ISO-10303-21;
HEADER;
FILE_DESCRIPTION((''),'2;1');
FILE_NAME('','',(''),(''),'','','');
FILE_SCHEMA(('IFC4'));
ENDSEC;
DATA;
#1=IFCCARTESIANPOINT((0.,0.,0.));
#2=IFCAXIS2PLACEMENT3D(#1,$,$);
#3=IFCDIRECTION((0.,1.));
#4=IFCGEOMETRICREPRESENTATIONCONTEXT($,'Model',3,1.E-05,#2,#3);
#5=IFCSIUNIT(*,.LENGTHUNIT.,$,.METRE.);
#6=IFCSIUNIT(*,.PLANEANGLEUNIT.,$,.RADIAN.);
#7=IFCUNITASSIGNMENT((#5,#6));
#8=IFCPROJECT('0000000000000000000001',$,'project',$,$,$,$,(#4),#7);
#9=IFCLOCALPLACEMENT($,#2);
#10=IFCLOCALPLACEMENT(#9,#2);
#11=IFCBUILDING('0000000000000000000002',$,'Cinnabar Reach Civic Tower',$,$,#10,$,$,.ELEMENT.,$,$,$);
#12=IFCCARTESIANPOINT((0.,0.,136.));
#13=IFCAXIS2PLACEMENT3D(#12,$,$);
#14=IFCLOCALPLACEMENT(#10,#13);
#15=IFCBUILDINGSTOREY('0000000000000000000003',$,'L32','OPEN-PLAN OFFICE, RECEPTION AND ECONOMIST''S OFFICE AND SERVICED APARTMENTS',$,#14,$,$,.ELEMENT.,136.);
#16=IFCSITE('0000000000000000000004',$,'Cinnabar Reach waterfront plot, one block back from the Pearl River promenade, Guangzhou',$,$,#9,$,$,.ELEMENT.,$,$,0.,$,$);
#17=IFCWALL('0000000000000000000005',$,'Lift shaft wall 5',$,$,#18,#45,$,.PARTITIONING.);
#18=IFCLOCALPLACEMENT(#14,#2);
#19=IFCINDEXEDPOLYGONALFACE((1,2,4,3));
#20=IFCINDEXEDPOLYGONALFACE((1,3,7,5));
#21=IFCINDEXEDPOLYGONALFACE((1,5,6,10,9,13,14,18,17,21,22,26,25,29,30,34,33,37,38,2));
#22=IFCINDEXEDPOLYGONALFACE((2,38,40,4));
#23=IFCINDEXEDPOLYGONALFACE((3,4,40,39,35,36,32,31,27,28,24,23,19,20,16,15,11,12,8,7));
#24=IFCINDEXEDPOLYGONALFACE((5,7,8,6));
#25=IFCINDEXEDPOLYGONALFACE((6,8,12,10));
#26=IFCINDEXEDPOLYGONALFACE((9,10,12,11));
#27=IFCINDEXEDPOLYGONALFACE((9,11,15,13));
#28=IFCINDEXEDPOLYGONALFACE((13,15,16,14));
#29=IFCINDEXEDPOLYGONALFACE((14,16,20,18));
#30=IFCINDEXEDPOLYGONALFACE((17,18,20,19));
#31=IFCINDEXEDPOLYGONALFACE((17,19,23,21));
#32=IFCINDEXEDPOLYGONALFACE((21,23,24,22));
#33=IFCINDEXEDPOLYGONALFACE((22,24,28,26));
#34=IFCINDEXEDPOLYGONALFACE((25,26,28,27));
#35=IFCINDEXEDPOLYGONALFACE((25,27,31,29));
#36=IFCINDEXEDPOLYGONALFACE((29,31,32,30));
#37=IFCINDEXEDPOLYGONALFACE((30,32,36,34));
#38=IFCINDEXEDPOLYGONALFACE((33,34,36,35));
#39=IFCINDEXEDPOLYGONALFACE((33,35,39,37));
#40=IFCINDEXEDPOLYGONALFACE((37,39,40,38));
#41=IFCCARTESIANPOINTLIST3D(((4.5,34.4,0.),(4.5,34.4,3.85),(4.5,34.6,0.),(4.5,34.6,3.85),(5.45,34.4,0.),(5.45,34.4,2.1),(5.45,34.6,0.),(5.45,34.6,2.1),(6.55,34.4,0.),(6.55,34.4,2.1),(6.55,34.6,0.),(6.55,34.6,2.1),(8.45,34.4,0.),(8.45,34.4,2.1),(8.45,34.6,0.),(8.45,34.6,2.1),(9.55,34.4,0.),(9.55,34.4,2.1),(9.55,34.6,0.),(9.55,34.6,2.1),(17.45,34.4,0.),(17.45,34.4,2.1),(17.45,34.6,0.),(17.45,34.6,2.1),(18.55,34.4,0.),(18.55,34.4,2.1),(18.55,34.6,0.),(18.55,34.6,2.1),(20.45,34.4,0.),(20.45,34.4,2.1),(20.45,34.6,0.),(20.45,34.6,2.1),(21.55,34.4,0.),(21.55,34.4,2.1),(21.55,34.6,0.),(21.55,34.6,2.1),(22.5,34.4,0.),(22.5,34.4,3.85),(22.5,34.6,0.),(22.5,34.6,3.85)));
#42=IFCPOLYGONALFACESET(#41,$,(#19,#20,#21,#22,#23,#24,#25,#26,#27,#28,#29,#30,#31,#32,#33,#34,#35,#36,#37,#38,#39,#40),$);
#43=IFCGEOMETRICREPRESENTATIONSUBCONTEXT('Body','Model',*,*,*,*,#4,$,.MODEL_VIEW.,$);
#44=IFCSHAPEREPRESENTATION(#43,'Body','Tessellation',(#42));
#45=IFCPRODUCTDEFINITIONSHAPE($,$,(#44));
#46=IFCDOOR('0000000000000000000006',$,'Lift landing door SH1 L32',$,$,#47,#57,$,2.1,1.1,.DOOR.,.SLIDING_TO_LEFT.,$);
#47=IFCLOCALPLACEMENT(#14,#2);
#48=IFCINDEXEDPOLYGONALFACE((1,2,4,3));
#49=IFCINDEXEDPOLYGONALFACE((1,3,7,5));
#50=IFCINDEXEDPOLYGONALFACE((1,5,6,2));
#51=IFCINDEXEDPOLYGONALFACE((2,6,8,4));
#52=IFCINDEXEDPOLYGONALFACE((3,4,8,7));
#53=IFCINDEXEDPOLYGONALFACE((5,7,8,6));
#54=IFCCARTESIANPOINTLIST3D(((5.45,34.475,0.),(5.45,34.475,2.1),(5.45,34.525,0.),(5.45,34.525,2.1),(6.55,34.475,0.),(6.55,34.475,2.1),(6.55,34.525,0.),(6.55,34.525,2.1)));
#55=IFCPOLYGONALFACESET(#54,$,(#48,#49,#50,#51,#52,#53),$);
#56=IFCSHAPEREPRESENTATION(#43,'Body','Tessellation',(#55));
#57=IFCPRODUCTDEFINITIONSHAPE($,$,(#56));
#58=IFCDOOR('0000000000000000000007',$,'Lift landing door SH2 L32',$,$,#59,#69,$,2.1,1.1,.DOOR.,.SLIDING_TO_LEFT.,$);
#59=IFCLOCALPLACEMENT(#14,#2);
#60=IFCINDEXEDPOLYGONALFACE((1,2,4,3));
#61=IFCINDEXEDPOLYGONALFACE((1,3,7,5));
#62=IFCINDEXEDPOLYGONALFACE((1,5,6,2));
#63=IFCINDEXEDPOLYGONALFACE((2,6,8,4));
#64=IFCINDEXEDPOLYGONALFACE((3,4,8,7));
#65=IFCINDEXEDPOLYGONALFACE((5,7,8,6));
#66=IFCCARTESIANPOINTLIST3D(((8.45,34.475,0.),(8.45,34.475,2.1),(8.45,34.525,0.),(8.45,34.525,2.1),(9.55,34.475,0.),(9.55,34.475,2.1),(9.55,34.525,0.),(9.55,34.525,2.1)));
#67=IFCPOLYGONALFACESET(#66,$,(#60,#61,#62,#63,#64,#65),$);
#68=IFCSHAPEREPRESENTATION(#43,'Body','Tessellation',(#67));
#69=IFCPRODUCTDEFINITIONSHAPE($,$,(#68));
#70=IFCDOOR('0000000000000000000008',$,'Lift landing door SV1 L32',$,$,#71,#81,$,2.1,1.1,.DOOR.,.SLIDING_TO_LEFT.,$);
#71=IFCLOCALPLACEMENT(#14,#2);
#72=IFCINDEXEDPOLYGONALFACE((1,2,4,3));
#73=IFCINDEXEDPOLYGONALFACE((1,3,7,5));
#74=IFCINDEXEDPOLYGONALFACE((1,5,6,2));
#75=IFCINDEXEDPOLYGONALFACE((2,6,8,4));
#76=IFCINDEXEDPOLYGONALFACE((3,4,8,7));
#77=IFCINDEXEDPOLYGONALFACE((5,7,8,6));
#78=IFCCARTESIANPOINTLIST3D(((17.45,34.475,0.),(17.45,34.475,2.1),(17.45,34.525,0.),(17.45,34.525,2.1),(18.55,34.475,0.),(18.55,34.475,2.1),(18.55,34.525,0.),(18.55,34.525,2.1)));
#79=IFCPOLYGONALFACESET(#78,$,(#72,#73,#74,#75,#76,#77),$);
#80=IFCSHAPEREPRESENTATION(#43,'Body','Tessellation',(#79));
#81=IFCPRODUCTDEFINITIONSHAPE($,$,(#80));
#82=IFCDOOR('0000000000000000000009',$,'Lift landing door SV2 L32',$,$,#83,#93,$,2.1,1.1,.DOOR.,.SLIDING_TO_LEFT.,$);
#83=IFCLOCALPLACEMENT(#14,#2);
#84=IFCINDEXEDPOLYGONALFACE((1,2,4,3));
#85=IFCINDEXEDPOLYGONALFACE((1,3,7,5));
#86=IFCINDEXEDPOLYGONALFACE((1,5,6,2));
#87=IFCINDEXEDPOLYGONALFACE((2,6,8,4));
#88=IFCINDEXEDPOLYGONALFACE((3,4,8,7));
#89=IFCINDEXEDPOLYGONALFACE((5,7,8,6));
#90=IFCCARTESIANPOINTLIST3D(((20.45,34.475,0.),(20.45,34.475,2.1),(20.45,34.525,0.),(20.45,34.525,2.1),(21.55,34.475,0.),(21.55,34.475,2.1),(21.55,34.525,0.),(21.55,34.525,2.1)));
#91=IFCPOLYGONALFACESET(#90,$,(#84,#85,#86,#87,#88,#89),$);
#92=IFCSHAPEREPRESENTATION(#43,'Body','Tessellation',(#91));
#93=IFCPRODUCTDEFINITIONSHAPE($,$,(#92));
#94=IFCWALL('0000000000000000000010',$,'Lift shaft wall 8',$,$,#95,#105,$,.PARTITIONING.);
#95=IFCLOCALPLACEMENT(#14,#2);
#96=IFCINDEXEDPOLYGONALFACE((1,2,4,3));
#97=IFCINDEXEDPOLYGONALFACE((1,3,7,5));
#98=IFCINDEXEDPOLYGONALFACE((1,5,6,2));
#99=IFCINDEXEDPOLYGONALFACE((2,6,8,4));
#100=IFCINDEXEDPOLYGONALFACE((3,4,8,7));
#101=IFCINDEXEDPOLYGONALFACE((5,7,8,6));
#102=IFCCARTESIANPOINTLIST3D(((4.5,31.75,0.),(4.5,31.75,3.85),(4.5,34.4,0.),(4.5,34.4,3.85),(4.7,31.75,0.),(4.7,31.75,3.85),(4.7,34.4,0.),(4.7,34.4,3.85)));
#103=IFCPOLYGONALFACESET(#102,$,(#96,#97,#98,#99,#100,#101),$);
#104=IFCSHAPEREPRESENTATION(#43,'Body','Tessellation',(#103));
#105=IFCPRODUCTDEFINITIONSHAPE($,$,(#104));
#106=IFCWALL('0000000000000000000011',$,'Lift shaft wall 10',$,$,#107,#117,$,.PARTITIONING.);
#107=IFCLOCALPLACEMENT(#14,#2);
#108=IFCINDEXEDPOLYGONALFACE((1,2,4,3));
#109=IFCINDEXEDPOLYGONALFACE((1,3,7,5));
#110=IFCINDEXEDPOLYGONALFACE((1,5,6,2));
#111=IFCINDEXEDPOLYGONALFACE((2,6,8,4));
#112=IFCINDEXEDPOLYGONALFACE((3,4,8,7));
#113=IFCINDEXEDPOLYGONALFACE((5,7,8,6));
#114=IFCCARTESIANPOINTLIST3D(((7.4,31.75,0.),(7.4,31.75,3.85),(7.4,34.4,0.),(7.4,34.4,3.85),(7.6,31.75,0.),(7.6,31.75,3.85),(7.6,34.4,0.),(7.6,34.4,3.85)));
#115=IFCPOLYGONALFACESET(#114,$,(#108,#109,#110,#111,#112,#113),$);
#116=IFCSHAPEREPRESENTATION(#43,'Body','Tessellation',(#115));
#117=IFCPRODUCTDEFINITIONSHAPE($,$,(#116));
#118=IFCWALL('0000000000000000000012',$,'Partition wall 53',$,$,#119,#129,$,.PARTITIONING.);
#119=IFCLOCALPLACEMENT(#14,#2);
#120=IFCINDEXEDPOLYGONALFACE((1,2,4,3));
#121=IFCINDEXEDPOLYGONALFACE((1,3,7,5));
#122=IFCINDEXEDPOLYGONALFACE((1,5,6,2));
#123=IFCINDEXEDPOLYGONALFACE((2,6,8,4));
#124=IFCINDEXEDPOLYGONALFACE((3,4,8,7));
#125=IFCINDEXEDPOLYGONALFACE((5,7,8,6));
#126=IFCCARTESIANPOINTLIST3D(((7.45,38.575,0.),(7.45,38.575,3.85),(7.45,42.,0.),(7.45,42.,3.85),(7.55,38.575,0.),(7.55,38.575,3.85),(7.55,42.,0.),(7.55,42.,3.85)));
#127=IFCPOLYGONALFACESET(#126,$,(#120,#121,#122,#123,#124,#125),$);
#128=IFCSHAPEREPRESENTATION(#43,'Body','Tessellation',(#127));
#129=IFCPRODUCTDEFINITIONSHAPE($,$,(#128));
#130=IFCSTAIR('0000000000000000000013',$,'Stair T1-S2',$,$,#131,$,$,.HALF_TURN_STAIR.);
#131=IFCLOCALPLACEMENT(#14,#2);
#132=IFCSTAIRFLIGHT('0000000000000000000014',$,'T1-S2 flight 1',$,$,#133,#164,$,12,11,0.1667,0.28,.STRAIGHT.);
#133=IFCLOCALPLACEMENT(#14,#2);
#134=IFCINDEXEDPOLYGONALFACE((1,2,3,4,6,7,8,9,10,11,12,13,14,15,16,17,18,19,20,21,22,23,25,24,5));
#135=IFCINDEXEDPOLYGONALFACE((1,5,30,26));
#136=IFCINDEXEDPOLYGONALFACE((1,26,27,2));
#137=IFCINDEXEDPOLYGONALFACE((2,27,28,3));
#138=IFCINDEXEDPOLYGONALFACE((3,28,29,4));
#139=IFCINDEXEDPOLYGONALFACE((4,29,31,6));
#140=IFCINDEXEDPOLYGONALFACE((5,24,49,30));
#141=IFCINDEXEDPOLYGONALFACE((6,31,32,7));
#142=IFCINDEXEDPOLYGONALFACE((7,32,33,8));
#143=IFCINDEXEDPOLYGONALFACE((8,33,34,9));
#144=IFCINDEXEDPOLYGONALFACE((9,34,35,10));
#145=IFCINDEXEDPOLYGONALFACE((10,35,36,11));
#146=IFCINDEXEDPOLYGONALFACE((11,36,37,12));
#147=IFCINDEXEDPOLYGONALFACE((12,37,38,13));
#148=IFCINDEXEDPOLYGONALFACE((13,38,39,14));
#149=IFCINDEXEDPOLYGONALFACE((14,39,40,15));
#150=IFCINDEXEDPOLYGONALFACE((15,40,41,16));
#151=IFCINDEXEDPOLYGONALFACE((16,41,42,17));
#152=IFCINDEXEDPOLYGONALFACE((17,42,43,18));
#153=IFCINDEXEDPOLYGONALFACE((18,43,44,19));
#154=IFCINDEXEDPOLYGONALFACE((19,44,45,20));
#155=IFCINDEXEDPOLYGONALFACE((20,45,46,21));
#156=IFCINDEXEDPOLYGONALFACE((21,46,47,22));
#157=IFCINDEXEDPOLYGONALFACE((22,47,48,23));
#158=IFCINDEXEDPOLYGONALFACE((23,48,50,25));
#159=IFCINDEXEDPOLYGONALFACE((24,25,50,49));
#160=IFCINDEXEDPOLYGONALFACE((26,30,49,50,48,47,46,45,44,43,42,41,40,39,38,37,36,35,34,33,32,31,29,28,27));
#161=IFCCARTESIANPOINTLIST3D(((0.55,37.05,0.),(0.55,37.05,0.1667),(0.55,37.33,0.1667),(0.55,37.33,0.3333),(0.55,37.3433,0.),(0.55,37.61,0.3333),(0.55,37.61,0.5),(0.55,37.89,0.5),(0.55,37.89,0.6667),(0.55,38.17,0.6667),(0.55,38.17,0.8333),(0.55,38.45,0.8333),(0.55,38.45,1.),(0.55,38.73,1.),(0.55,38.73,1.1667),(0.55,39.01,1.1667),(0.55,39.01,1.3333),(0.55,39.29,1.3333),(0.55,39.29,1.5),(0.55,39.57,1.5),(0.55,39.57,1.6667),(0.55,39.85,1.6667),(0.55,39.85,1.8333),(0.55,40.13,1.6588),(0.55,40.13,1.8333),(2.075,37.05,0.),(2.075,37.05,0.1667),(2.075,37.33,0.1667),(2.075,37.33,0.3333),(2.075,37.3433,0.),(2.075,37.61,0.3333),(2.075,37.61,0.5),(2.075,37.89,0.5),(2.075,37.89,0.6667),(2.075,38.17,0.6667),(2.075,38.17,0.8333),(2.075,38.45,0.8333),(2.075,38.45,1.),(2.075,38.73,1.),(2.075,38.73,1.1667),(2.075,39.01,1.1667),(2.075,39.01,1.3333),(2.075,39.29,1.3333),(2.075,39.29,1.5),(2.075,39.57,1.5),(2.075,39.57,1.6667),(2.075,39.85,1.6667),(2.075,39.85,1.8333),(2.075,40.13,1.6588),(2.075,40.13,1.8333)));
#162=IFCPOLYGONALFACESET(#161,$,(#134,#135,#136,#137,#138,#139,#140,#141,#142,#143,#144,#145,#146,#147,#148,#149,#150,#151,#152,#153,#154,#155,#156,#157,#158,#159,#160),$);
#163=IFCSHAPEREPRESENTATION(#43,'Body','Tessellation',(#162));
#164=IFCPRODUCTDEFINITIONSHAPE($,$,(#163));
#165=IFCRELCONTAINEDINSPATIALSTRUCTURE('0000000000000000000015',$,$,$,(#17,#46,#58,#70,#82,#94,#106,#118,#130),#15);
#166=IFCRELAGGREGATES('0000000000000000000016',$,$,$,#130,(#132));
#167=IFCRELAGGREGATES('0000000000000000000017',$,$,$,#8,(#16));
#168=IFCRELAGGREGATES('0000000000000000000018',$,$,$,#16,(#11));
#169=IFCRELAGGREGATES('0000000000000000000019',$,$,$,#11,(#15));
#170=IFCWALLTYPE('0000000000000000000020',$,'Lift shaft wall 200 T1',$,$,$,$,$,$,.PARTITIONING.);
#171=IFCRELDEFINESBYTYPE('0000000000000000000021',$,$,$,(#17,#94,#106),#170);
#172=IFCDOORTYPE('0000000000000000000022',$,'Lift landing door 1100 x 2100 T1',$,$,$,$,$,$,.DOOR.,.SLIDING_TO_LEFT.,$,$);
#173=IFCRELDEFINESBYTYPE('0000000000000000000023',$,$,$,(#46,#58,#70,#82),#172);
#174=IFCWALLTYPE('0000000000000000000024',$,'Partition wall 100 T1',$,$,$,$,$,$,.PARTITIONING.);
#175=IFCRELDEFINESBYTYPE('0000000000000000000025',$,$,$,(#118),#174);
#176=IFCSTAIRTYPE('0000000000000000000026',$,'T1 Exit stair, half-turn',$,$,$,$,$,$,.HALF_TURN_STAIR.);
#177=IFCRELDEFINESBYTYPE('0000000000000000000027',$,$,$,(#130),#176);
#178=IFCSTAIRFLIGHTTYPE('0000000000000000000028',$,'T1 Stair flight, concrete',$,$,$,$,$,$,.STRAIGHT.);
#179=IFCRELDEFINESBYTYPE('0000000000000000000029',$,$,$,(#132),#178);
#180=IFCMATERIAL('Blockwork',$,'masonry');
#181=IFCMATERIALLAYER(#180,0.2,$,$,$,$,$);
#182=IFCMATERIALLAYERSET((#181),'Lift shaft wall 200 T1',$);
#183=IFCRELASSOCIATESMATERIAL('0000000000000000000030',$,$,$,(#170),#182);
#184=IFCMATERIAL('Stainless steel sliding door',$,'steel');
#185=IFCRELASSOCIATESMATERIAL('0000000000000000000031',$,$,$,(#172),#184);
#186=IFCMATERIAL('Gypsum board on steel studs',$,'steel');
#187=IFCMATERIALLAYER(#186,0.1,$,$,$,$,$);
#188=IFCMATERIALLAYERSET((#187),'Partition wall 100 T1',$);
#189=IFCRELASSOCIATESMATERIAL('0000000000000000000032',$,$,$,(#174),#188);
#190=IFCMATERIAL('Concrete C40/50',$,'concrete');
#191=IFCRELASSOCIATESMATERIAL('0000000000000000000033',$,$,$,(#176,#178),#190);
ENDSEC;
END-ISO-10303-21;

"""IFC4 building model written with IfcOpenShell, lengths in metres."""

from ifc_helpers import new_model, si_unit, direction, frame, frame_2d, origin, place, context, subcontext, project, spatial, polyline, rectangle, outline, extrude, material, layer, layer_set, type_object, element, fill, aggregate, save


model = new_model("IFC4")

# Units and contexts
model_context = context("Model", 3, precision=1e-05, world=origin(), true_north=direction((0.0, 1.0)))
body_context = subcontext(model_context, "Body", "Model", "MODEL_VIEW")
ifc_project = project(units=[si_unit("LENGTHUNIT", "METRE"), si_unit("PLANEANGLEUNIT", "RADIAN")], contexts=[model_context])

# Site, building, storey
site_placement = place(None, origin())
site = spatial("IfcSite", under=ifc_project, at=site_placement, Name="Cinnabar Reach waterfront plot, one block back from the Pearl River promenade, Guangzhou", CompositionType="ELEMENT", RefElevation=0.0)
building_placement = place(site_placement, origin())
building = spatial("IfcBuilding", under=site, at=building_placement, Name="Cinnabar Reach Civic Tower", CompositionType="ELEMENT")
storey_placement = place(building_placement, frame((0.0, 0.0, 136.0)))
storey = spatial("IfcBuildingStorey", under=building, at=storey_placement, Name="L32", Description="OPEN-PLAN OFFICE, RECEPTION AND ECONOMIST'S OFFICE AND SERVICED APARTMENTS", CompositionType="ELEMENT", Elevation=136.0)

# Wall, openings, doors
ifc_material_1 = material(Name="Blockwork", Category="masonry")
ifc_layer_1 = layer(ifc_material_1, 0.2)
ifc_layer_set_1 = layer_set([ifc_layer_1], Name="Lift shaft wall 200 T1")
wall_type_1 = type_object("IfcWallType", Name="Lift shaft wall 200 T1", PredefinedType="PARTITIONING", material=ifc_layer_set_1)
wall_1_placement = place(storey_placement, frame((4.5, 34.5, 0.0), z_axis=(0.0, 0.0, 1.0), x_axis=(1.0, 0.0, 0.0)))
wall_1 = element("IfcWall", 1, at=wall_1_placement, inside=storey, type_object=wall_type_1, Name="Lift shaft wall 5", PredefinedType="PARTITIONING", context=body_context, shape_type="SweptSolid", body=[
    extrude(rectangle(XDim=18.0, YDim=0.2, at=frame_2d((9.0, 0.0))), origin(), (0.0, 0.0, 1.0), 3.85),
])
opening_1_placement = place(wall_1_placement, frame((0.95, 0.0, 0.0)))
opening_1 = element("IfcOpeningElement", 2, at=opening_1_placement, cuts=wall_1, PredefinedType="OPENING", context=body_context, shape_type="SweptSolid", body=[
    extrude(rectangle(XDim=1.1, YDim=2.1, at=frame_2d((0.55, 1.05))), frame((0.0, 0.11, 0.0), z_axis=(0.0, -1.0, 0.0), x_axis=(1.0, 0.0, 0.0)), (0.0, 0.0, 1.0), 0.22),
])
opening_2_placement = place(wall_1_placement, frame((3.95, 0.0, 0.0)))
opening_2 = element("IfcOpeningElement", 3, at=opening_2_placement, cuts=wall_1, PredefinedType="OPENING", context=body_context, shape_type="SweptSolid", body=[
    extrude(rectangle(XDim=1.1, YDim=2.1, at=frame_2d((0.55, 1.05))), frame((0.0, 0.11, 0.0), z_axis=(0.0, -1.0, 0.0), x_axis=(1.0, 0.0, 0.0)), (0.0, 0.0, 1.0), 0.22),
])
opening_3_placement = place(wall_1_placement, frame((12.95, 0.0, 0.0)))
opening_3 = element("IfcOpeningElement", 4, at=opening_3_placement, cuts=wall_1, PredefinedType="OPENING", context=body_context, shape_type="SweptSolid", body=[
    extrude(rectangle(XDim=1.1, YDim=2.1, at=frame_2d((0.55, 1.05))), frame((0.0, 0.11, 0.0), z_axis=(0.0, -1.0, 0.0), x_axis=(1.0, 0.0, 0.0)), (0.0, 0.0, 1.0), 0.22),
])
opening_4_placement = place(wall_1_placement, frame((15.95, 0.0, 0.0)))
opening_4 = element("IfcOpeningElement", 5, at=opening_4_placement, cuts=wall_1, PredefinedType="OPENING", context=body_context, shape_type="SweptSolid", body=[
    extrude(rectangle(XDim=1.1, YDim=2.1, at=frame_2d((0.55, 1.05))), frame((0.0, 0.11, 0.0), z_axis=(0.0, -1.0, 0.0), x_axis=(1.0, 0.0, 0.0)), (0.0, 0.0, 1.0), 0.22),
])
ifc_material_2 = material(Name="Stainless steel sliding door", Category="steel")
door_type_1 = type_object("IfcDoorType", Name="Lift landing door 1100 x 2100 T1", OperationType="SLIDING_TO_LEFT", PredefinedType="DOOR", material=ifc_material_2)
door_1_placement = place(opening_1_placement, origin())
door_1 = element("IfcDoor", 6, at=door_1_placement, inside=storey, type_object=door_type_1, Name="Lift landing door SH1 L32", OperationType="SLIDING_TO_LEFT", OverallHeight=2.1, OverallWidth=1.1, PredefinedType="DOOR", context=body_context, shape_type="SweptSolid", body=[
    extrude(rectangle(XDim=1.1, YDim=2.1, at=frame_2d((0.55, 1.05))), frame((0.0, 0.025, 0.0), z_axis=(0.0, -1.0, 0.0), x_axis=(1.0, 0.0, 0.0)), (0.0, 0.0, 1.0), 0.05),
])
fill(opening_1, door_1)
door_2_placement = place(opening_2_placement, origin())
door_2 = element("IfcDoor", 7, at=door_2_placement, inside=storey, type_object=door_type_1, Name="Lift landing door SH2 L32", OperationType="SLIDING_TO_LEFT", OverallHeight=2.1, OverallWidth=1.1, PredefinedType="DOOR", context=body_context, shape_type="SweptSolid", body=[
    extrude(rectangle(XDim=1.1, YDim=2.1, at=frame_2d((0.55, 1.05))), frame((0.0, 0.025, 0.0), z_axis=(0.0, -1.0, 0.0), x_axis=(1.0, 0.0, 0.0)), (0.0, 0.0, 1.0), 0.05),
])
fill(opening_2, door_2)
door_3_placement = place(opening_3_placement, origin())
door_3 = element("IfcDoor", 8, at=door_3_placement, inside=storey, type_object=door_type_1, Name="Lift landing door SV1 L32", OperationType="SLIDING_TO_LEFT", OverallHeight=2.1, OverallWidth=1.1, PredefinedType="DOOR", context=body_context, shape_type="SweptSolid", body=[
    extrude(rectangle(XDim=1.1, YDim=2.1, at=frame_2d((0.55, 1.05))), frame((0.0, 0.025, 0.0), z_axis=(0.0, -1.0, 0.0), x_axis=(1.0, 0.0, 0.0)), (0.0, 0.0, 1.0), 0.05),
])
fill(opening_3, door_3)
door_4_placement = place(opening_4_placement, origin())
door_4 = element("IfcDoor", 9, at=door_4_placement, inside=storey, type_object=door_type_1, Name="Lift landing door SV2 L32", OperationType="SLIDING_TO_LEFT", OverallHeight=2.1, OverallWidth=1.1, PredefinedType="DOOR", context=body_context, shape_type="SweptSolid", body=[
    extrude(rectangle(XDim=1.1, YDim=2.1, at=frame_2d((0.55, 1.05))), frame((0.0, 0.025, 0.0), z_axis=(0.0, -1.0, 0.0), x_axis=(1.0, 0.0, 0.0)), (0.0, 0.0, 1.0), 0.05),
])
fill(opening_4, door_4)

# Walls
for number, where, z_axis, x_axis, name in (
    (10, (4.6, 31.75, 0.0), (0.0, 0.0, 1.0), (0.0, 1.0, 0.0), "Lift shaft wall 8"),
    (11, (7.5, 31.75, 0.0), (0.0, 0.0, 1.0), (0.0, 1.0, 0.0), "Lift shaft wall 10"),
):
    element("IfcWall", number, at=place(storey_placement, frame(where, z_axis=z_axis, x_axis=x_axis)), inside=storey, type_object=wall_type_1, Name=name, PredefinedType="PARTITIONING", context=body_context, shape_type="SweptSolid", body=[
        extrude(rectangle(XDim=2.65, YDim=0.2, at=frame_2d((1.325, 0.0))), origin(), (0.0, 0.0, 1.0), 3.85),
    ])
ifc_material_3 = material(Name="Gypsum board on steel studs", Category="steel")
ifc_layer_2 = layer(ifc_material_3, 0.1)
ifc_layer_set_2 = layer_set([ifc_layer_2], Name="Partition wall 100 T1")
wall_type_2 = type_object("IfcWallType", Name="Partition wall 100 T1", PredefinedType="PARTITIONING", material=ifc_layer_set_2)
wall_2_placement = place(storey_placement, frame((7.5, 38.575, 0.0), z_axis=(0.0, 0.0, 1.0), x_axis=(0.0, 1.0, 0.0)))
element("IfcWall", 12, at=wall_2_placement, inside=storey, type_object=wall_type_2, Name="Partition wall 53", PredefinedType="PARTITIONING", context=body_context, shape_type="SweptSolid", body=[
    extrude(rectangle(XDim=3.425, YDim=0.1, at=frame_2d((1.7125, 0.0))), origin(), (0.0, 0.0, 1.0), 3.85),
])

# Stair, stair flight
ifc_material_4 = material(Name="Concrete C40/50", Category="concrete")
stair_type = type_object("IfcStairType", Name="T1 Exit stair, half-turn", PredefinedType="HALF_TURN_STAIR", material=ifc_material_4)
stair_placement = place(storey_placement, origin())
stair = element("IfcStair", 13, at=stair_placement, inside=storey, type_object=stair_type, Name="Stair T1-S2", PredefinedType="HALF_TURN_STAIR")
stair_flight_type = type_object("IfcStairFlightType", Name="T1 Stair flight, concrete", PredefinedType="STRAIGHT", material=ifc_material_4)
stair_flight_1_placement = place(storey_placement, frame((1.3125, 37.05, 0.0), z_axis=(0.0, 0.0, 1.0), x_axis=(0.0, 1.0, 0.0)))
stair_flight_1 = element("IfcStairFlight", 14, at=stair_flight_1_placement, type_object=stair_flight_type, Name="T1-S2 flight 1", NumberOfRisers=12, NumberOfTreads=11, PredefinedType="STRAIGHT", RiserHeight=0.1667, TreadLength=0.28, context=body_context, shape_type="SweptSolid", body=[
    extrude(outline(polyline([(0.0, 0.0), (0.0, 0.1667), (0.28, 0.1667), (0.28, 0.3333), (0.56, 0.3333), (0.56, 0.5), (0.84, 0.5), (0.84, 0.6667), (1.12, 0.6667), (1.12, 0.8333), (1.4, 0.8333), (1.4, 1.0), (1.68, 1.0), (1.68, 1.1667), (1.96, 1.1667), (1.96, 1.3333), (2.24, 1.3333), (2.24, 1.5), (2.52, 1.5), (2.52, 1.6667), (2.8, 1.6667), (2.8, 1.8333), (3.08, 1.8333), (3.08, 2.0), (3.08, 1.6588), (0.2933, 0.0), (0.0, 0.0)])), frame((0.0, 0.7625, 0.0), z_axis=(0.0, -1.0, 0.0), x_axis=(1.0, 0.0, 0.0)), (0.0, 0.0, 1.0), 1.525),
])
aggregate(stair, [stair_flight_1])

save(model, "model.ifc")
